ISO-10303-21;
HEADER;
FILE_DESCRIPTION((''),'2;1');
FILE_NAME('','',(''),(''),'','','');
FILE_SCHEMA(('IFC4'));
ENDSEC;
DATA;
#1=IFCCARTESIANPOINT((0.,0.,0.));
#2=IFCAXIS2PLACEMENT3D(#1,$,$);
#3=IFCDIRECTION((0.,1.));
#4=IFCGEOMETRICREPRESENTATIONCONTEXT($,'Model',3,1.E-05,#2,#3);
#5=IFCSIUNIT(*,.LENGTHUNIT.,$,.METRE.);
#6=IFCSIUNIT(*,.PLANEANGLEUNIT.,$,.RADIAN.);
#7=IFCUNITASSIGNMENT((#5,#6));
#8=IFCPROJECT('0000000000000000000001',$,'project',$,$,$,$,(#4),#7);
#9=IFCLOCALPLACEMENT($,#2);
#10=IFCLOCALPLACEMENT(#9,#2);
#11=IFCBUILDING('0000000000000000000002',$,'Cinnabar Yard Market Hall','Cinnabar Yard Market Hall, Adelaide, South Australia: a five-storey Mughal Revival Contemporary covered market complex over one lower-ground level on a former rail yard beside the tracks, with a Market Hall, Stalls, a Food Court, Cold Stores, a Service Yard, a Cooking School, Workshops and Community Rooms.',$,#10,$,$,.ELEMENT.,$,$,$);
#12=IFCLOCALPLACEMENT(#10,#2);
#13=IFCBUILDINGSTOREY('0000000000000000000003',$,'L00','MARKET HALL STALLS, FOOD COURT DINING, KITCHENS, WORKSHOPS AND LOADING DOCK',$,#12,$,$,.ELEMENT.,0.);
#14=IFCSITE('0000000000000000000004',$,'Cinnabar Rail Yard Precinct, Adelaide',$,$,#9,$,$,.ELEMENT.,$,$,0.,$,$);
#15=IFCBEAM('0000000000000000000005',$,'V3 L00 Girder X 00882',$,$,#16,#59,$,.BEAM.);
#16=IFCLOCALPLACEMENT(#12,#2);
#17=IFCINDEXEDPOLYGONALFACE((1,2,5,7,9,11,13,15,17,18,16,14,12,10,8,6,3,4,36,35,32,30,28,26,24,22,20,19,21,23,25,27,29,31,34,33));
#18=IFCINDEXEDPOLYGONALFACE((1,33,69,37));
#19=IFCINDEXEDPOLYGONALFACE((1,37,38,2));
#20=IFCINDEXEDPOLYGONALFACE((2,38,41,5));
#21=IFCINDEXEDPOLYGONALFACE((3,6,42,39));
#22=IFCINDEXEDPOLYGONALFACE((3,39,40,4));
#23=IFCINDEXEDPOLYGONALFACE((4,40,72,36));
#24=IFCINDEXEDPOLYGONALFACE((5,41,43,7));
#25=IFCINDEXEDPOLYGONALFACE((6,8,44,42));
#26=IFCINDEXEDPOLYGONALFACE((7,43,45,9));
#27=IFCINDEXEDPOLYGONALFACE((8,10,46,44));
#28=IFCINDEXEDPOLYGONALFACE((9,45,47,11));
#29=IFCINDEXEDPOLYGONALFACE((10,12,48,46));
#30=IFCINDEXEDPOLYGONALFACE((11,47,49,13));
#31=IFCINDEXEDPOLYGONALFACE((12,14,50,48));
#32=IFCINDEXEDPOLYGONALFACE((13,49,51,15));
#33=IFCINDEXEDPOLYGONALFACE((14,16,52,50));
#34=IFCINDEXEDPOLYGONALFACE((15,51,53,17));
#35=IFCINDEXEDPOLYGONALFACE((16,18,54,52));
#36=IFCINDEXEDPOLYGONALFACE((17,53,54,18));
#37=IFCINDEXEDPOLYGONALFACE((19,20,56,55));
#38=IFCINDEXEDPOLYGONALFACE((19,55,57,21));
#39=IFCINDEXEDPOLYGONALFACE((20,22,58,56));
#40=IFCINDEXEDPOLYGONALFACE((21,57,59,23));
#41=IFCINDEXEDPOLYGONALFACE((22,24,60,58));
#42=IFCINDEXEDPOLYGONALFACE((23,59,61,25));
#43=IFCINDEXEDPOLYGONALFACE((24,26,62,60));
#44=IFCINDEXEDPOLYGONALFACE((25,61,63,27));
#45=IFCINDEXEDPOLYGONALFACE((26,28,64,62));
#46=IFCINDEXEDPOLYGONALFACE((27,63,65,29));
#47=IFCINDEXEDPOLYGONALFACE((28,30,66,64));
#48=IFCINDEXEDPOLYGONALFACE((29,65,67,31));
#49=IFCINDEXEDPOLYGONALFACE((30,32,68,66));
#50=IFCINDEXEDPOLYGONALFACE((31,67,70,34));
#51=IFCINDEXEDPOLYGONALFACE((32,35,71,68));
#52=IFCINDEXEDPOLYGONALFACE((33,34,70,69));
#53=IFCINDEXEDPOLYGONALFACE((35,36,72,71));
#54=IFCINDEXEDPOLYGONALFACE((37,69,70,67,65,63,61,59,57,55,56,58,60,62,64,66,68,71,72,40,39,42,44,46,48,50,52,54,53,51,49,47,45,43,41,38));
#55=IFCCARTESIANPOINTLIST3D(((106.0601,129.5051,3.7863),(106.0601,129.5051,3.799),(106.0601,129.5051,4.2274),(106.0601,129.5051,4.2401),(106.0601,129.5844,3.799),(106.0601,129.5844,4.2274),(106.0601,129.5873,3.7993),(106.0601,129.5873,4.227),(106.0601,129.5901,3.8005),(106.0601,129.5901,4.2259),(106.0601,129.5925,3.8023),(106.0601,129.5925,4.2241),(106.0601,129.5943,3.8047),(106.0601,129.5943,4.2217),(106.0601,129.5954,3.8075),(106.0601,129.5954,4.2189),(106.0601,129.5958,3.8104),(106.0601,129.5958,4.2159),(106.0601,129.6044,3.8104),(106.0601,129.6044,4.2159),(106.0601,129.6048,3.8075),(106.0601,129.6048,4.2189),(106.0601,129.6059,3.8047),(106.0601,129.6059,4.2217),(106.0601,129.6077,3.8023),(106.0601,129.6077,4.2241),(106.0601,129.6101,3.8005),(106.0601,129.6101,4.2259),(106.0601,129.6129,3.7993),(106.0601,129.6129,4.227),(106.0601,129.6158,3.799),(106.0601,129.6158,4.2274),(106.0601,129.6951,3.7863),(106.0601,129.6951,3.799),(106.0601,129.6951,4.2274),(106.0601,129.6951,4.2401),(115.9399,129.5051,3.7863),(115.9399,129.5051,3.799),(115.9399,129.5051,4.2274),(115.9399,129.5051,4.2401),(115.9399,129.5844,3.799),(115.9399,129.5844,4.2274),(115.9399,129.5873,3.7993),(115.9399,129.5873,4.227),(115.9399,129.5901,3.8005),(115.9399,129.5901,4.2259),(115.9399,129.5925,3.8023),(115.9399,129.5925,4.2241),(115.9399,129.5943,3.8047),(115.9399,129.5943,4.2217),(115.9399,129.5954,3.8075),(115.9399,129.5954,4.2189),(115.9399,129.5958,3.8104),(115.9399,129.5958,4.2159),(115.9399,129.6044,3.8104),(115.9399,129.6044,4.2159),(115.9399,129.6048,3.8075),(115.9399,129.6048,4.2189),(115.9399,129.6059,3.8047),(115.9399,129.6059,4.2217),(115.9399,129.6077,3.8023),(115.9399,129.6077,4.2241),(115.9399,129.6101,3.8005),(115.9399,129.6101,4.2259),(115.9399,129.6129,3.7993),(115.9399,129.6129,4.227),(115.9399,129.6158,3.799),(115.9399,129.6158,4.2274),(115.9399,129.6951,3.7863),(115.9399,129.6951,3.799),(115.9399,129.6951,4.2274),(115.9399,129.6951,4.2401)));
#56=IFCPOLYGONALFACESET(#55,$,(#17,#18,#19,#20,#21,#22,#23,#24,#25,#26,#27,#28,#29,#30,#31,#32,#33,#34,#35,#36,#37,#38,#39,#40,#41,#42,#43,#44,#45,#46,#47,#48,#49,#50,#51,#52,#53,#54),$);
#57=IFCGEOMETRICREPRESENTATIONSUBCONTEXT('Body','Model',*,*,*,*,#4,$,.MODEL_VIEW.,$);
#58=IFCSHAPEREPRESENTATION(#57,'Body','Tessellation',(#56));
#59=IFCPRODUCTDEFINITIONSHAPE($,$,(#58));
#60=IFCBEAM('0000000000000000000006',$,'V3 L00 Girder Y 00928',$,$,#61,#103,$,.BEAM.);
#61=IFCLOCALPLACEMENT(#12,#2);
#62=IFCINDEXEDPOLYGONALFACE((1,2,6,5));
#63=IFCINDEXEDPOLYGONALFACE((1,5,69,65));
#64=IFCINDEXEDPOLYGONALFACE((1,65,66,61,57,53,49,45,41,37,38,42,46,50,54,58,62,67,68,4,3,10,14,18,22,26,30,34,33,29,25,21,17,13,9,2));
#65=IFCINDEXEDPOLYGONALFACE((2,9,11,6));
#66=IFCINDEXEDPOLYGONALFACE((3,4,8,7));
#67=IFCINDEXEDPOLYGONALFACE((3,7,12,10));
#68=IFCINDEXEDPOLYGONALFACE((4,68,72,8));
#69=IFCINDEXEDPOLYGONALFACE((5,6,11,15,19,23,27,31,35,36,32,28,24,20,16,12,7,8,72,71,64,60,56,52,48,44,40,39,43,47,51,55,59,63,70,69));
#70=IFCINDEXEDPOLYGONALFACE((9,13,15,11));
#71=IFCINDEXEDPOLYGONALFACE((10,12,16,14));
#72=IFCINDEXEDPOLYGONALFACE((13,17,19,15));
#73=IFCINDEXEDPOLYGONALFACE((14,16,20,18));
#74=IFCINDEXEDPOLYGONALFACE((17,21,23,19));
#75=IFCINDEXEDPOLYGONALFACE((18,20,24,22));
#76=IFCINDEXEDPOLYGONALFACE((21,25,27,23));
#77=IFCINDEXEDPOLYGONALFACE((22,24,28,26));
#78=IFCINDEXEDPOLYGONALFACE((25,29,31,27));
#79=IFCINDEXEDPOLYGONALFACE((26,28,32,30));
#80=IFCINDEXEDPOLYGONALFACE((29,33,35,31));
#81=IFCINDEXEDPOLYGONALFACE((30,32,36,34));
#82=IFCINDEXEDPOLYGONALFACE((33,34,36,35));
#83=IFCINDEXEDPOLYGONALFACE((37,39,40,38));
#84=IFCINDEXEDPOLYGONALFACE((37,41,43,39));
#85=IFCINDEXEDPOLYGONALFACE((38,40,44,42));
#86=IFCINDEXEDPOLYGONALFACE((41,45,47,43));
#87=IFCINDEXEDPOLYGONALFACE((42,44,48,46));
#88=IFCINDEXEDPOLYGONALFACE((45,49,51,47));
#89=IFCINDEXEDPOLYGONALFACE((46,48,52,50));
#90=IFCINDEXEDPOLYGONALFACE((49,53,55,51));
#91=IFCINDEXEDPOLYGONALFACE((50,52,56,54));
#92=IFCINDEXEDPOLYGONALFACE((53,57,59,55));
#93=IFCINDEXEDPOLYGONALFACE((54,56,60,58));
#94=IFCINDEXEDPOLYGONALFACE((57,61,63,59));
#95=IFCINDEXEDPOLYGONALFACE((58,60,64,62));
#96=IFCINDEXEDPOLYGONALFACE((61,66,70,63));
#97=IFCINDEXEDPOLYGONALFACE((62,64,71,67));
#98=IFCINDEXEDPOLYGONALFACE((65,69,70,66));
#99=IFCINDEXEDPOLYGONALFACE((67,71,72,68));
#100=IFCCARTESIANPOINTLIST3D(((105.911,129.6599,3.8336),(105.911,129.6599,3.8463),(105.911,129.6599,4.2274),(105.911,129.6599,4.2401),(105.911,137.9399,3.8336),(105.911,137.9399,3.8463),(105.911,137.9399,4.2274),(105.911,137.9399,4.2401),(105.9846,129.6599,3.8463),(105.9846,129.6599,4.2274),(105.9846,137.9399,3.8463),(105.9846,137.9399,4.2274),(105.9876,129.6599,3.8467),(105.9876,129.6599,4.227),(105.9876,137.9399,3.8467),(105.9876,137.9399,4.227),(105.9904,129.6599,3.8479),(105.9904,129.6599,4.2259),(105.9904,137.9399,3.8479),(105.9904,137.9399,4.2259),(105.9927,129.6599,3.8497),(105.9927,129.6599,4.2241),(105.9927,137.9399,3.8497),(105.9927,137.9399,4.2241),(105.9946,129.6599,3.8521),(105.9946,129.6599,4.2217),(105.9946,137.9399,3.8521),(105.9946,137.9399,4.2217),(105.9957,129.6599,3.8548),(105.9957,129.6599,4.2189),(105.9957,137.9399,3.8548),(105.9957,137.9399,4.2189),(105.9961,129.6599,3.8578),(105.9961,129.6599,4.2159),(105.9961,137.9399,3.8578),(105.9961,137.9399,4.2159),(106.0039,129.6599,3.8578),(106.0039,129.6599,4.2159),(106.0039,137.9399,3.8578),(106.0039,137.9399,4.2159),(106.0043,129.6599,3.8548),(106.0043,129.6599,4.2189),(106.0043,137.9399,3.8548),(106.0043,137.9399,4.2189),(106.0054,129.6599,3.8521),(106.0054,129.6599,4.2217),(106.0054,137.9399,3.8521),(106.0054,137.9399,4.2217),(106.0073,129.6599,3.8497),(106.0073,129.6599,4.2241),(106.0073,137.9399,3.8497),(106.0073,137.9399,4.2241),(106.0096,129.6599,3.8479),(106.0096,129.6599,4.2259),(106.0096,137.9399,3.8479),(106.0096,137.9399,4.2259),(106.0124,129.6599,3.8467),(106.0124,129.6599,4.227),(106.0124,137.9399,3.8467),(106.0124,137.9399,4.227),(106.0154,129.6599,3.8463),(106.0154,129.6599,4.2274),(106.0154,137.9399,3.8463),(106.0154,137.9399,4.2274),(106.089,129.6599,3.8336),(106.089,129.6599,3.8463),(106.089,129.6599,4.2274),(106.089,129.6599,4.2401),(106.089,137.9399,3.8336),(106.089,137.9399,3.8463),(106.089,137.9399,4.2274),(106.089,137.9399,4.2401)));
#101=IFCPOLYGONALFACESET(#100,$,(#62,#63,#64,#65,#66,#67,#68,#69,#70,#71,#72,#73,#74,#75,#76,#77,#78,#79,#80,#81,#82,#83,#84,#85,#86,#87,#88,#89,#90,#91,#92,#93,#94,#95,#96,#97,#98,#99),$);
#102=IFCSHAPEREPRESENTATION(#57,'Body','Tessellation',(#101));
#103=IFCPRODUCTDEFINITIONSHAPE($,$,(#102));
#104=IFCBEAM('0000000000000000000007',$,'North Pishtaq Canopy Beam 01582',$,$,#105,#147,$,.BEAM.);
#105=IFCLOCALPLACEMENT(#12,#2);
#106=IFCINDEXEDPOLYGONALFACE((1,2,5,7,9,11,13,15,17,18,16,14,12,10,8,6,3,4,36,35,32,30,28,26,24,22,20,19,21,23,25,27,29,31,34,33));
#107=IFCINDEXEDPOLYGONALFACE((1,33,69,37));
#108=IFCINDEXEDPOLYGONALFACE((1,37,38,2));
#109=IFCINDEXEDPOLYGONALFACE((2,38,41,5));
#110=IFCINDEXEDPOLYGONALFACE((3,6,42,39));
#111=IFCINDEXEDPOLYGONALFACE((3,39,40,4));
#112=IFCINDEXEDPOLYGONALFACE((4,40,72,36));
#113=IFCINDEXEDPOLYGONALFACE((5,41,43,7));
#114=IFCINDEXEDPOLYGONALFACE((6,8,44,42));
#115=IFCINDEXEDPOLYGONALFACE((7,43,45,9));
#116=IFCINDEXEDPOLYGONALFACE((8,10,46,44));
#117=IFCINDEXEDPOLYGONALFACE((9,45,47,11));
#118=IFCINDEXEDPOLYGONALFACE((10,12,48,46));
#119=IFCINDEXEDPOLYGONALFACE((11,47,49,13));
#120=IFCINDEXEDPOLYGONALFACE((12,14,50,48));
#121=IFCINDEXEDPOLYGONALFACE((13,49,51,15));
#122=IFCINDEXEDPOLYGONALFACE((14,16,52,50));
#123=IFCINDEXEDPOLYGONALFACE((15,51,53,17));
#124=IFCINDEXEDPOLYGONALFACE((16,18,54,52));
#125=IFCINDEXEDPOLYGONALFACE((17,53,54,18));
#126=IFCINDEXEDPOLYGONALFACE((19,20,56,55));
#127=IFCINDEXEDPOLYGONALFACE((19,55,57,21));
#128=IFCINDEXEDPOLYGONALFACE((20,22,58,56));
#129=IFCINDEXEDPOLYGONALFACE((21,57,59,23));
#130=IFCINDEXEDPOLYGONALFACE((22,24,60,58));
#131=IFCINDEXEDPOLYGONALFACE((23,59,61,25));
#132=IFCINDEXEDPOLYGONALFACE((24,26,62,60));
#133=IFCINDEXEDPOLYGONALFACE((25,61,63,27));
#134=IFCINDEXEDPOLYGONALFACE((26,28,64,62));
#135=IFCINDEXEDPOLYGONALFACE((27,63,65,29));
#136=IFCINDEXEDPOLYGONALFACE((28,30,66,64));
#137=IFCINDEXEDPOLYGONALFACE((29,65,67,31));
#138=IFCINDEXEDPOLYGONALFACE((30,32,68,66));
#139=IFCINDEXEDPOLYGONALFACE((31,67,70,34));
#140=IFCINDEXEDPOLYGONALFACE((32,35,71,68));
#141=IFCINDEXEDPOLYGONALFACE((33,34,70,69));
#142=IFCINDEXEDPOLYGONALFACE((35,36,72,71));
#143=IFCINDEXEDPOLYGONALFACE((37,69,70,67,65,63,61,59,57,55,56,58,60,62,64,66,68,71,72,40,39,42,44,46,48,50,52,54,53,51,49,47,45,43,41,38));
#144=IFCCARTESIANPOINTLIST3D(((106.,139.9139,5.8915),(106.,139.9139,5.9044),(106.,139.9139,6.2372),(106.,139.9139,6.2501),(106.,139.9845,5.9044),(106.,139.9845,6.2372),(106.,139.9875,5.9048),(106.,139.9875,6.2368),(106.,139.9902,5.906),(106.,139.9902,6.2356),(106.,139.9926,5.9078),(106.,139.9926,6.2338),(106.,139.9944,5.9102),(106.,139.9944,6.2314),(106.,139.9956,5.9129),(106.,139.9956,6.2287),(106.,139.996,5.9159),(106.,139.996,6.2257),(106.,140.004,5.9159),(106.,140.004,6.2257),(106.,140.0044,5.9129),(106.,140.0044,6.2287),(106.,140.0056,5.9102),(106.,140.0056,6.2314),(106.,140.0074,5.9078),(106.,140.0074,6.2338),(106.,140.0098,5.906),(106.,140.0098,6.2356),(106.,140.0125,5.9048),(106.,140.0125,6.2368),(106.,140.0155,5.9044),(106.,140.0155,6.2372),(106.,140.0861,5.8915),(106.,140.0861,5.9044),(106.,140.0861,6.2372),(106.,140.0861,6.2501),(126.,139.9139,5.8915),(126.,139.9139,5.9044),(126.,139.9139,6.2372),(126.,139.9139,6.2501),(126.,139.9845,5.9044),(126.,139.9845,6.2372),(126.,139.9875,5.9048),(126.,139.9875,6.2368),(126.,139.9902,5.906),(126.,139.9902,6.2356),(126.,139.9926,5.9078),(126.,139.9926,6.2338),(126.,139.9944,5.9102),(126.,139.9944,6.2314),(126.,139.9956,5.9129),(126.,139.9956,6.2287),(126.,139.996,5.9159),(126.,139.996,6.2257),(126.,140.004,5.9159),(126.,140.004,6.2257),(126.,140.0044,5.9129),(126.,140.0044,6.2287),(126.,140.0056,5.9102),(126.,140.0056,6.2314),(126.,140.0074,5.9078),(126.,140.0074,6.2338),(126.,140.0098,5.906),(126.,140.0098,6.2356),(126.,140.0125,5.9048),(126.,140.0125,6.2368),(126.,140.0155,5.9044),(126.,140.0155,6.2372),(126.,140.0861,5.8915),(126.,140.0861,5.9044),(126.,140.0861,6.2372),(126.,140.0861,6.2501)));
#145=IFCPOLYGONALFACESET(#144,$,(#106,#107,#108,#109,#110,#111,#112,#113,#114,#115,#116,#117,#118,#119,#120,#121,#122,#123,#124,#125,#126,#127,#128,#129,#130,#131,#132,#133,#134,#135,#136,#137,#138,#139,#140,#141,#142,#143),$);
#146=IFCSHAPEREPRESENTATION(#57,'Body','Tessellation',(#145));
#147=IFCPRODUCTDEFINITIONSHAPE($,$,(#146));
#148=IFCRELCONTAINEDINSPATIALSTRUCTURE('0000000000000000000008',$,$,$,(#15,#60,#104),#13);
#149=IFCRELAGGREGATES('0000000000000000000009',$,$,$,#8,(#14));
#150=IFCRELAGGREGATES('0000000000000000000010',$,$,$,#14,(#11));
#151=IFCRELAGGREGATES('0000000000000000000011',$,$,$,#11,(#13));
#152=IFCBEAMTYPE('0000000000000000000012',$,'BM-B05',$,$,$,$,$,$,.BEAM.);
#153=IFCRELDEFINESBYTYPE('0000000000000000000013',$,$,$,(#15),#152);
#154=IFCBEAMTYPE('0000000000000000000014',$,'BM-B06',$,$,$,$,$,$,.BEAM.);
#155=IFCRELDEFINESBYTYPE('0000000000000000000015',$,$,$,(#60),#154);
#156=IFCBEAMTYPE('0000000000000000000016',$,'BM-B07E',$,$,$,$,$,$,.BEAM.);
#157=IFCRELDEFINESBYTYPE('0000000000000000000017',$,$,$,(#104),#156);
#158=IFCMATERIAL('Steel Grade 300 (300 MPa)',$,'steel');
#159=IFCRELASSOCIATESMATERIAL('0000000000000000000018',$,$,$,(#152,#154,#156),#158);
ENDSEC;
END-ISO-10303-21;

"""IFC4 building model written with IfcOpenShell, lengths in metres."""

from ifc_helpers import new_model, si_unit, direction, frame, origin, origin_2d_with_axis, place, context, subcontext, project, spatial, i_section, extrude, material, material_profile, profile_set, type_object, element, save


model = new_model("IFC4")

# Units and contexts
model_context = context("Model", 3, precision=1e-05, world=origin(), true_north=direction((0.0, 1.0)))
body_context = subcontext(model_context, "Body", "Model", "MODEL_VIEW")
ifc_project = project(units=[si_unit("LENGTHUNIT", "METRE"), si_unit("PLANEANGLEUNIT", "RADIAN")], contexts=[model_context])

# Site, building, storey
site_placement = place(None, origin())
site = spatial("IfcSite", under=ifc_project, at=site_placement, Name="Cinnabar Rail Yard Precinct, Adelaide", CompositionType="ELEMENT", RefElevation=0.0)
building_placement = place(site_placement, origin())
building = spatial("IfcBuilding", under=site, at=building_placement, Name="Cinnabar Yard Market Hall", Description="Cinnabar Yard Market Hall, Adelaide, South Australia: a five-storey Mughal Revival Contemporary covered market complex over one lower-ground level on a former rail yard beside the tracks, with a Market Hall, Stalls, a Food Court, Cold Stores, a Service Yard, a Cooking School, Workshops and Community Rooms.", CompositionType="ELEMENT")
storey_placement = place(building_placement, origin())
storey = spatial("IfcBuildingStorey", under=building, at=storey_placement, Name="L00", Description="MARKET HALL STALLS, FOOD COURT DINING, KITCHENS, WORKSHOPS AND LOADING DOCK", CompositionType="ELEMENT", Elevation=0.0)

# Shared definitions
ifc_material_1 = material(Name="Steel Grade 300 (300 MPa)", Category="steel")

# Beams
ifc_material_profile_1 = material_profile(ifc_material_1, i_section(OverallWidth=0.1899, OverallDepth=0.4539, WebThickness=0.0085, FlangeThickness=0.0127, FilletRadius=0.0115, at=origin_2d_with_axis()), Name="460UB67.1")
ifc_profile_set_1 = profile_set([ifc_material_profile_1], Name="Steel Grade 300 (300 MPa)")
beam_type_1 = type_object("IfcBeamType", Name="BM-B05", PredefinedType="BEAM", material=ifc_profile_set_1)
beam_1_placement = place(storey_placement, frame((106.0601, 129.6001, 4.0132), z_axis=(1.0, 0.0, 0.0), x_axis=(0.0, 1.0, 0.0)))
element("IfcBeam", 1, at=beam_1_placement, inside=storey, type_object=beam_type_1, Name="V3 L00 Girder X 00882", PredefinedType="BEAM", context=body_context, shape_type="SweptSolid", body=[
    extrude(i_section(OverallWidth=0.1899, OverallDepth=0.4539, WebThickness=0.0085, FlangeThickness=0.0127, FilletRadius=0.0115, at=origin_2d_with_axis()), origin(), (0.0, 0.0, 1.0), 9.8799),
])
ifc_material_profile_2 = material_profile(ifc_material_1, i_section(OverallWidth=0.178, OverallDepth=0.4065, WebThickness=0.0078, FlangeThickness=0.0127, FilletRadius=0.0115, at=origin_2d_with_axis()), Name="410UB59.7")
ifc_profile_set_2 = profile_set([ifc_material_profile_2], Name="Steel Grade 300 (300 MPa)")
beam_type_2 = type_object("IfcBeamType", Name="BM-B06", PredefinedType="BEAM", material=ifc_profile_set_2)
beam_2_placement = place(storey_placement, frame((106.0, 129.6599, 4.0369), z_axis=(0.0, 1.0, 0.0), x_axis=(-1.0, 0.0, 0.0)))
element("IfcBeam", 2, at=beam_2_placement, inside=storey, type_object=beam_type_2, Name="V3 L00 Girder Y 00928", PredefinedType="BEAM", context=body_context, shape_type="SweptSolid", body=[
    extrude(i_section(OverallWidth=0.178, OverallDepth=0.4065, WebThickness=0.0078, FlangeThickness=0.0127, FilletRadius=0.0115, at=origin_2d_with_axis()), origin(), (0.0, 0.0, 1.0), 8.28),
])
ifc_material_profile_3 = material_profile(ifc_material_1, i_section(OverallWidth=0.1721, OverallDepth=0.3586, WebThickness=0.0081, FlangeThickness=0.0129, FilletRadius=0.0115, at=origin_2d_with_axis()), Name="360UB56.7")
ifc_profile_set_3 = profile_set([ifc_material_profile_3], Name="Steel Grade 300 (300 MPa)")
beam_type_3 = type_object("IfcBeamType", Name="BM-B07E", PredefinedType="BEAM", material=ifc_profile_set_3)
beam_3_placement = place(storey_placement, frame((106.0, 140.0, 6.0708), z_axis=(1.0, 0.0, 0.0), x_axis=(0.0, 1.0, 0.0)))
element("IfcBeam", 3, at=beam_3_placement, inside=storey, type_object=beam_type_3, Name="North Pishtaq Canopy Beam 01582", PredefinedType="BEAM", context=body_context, shape_type="SweptSolid", body=[
    extrude(i_section(OverallWidth=0.1721, OverallDepth=0.3586, WebThickness=0.0081, FlangeThickness=0.0129, FilletRadius=0.0115, at=origin_2d_with_axis()), origin(), (0.0, 0.0, 1.0), 20.0),
])

save(model, "model.ifc")
